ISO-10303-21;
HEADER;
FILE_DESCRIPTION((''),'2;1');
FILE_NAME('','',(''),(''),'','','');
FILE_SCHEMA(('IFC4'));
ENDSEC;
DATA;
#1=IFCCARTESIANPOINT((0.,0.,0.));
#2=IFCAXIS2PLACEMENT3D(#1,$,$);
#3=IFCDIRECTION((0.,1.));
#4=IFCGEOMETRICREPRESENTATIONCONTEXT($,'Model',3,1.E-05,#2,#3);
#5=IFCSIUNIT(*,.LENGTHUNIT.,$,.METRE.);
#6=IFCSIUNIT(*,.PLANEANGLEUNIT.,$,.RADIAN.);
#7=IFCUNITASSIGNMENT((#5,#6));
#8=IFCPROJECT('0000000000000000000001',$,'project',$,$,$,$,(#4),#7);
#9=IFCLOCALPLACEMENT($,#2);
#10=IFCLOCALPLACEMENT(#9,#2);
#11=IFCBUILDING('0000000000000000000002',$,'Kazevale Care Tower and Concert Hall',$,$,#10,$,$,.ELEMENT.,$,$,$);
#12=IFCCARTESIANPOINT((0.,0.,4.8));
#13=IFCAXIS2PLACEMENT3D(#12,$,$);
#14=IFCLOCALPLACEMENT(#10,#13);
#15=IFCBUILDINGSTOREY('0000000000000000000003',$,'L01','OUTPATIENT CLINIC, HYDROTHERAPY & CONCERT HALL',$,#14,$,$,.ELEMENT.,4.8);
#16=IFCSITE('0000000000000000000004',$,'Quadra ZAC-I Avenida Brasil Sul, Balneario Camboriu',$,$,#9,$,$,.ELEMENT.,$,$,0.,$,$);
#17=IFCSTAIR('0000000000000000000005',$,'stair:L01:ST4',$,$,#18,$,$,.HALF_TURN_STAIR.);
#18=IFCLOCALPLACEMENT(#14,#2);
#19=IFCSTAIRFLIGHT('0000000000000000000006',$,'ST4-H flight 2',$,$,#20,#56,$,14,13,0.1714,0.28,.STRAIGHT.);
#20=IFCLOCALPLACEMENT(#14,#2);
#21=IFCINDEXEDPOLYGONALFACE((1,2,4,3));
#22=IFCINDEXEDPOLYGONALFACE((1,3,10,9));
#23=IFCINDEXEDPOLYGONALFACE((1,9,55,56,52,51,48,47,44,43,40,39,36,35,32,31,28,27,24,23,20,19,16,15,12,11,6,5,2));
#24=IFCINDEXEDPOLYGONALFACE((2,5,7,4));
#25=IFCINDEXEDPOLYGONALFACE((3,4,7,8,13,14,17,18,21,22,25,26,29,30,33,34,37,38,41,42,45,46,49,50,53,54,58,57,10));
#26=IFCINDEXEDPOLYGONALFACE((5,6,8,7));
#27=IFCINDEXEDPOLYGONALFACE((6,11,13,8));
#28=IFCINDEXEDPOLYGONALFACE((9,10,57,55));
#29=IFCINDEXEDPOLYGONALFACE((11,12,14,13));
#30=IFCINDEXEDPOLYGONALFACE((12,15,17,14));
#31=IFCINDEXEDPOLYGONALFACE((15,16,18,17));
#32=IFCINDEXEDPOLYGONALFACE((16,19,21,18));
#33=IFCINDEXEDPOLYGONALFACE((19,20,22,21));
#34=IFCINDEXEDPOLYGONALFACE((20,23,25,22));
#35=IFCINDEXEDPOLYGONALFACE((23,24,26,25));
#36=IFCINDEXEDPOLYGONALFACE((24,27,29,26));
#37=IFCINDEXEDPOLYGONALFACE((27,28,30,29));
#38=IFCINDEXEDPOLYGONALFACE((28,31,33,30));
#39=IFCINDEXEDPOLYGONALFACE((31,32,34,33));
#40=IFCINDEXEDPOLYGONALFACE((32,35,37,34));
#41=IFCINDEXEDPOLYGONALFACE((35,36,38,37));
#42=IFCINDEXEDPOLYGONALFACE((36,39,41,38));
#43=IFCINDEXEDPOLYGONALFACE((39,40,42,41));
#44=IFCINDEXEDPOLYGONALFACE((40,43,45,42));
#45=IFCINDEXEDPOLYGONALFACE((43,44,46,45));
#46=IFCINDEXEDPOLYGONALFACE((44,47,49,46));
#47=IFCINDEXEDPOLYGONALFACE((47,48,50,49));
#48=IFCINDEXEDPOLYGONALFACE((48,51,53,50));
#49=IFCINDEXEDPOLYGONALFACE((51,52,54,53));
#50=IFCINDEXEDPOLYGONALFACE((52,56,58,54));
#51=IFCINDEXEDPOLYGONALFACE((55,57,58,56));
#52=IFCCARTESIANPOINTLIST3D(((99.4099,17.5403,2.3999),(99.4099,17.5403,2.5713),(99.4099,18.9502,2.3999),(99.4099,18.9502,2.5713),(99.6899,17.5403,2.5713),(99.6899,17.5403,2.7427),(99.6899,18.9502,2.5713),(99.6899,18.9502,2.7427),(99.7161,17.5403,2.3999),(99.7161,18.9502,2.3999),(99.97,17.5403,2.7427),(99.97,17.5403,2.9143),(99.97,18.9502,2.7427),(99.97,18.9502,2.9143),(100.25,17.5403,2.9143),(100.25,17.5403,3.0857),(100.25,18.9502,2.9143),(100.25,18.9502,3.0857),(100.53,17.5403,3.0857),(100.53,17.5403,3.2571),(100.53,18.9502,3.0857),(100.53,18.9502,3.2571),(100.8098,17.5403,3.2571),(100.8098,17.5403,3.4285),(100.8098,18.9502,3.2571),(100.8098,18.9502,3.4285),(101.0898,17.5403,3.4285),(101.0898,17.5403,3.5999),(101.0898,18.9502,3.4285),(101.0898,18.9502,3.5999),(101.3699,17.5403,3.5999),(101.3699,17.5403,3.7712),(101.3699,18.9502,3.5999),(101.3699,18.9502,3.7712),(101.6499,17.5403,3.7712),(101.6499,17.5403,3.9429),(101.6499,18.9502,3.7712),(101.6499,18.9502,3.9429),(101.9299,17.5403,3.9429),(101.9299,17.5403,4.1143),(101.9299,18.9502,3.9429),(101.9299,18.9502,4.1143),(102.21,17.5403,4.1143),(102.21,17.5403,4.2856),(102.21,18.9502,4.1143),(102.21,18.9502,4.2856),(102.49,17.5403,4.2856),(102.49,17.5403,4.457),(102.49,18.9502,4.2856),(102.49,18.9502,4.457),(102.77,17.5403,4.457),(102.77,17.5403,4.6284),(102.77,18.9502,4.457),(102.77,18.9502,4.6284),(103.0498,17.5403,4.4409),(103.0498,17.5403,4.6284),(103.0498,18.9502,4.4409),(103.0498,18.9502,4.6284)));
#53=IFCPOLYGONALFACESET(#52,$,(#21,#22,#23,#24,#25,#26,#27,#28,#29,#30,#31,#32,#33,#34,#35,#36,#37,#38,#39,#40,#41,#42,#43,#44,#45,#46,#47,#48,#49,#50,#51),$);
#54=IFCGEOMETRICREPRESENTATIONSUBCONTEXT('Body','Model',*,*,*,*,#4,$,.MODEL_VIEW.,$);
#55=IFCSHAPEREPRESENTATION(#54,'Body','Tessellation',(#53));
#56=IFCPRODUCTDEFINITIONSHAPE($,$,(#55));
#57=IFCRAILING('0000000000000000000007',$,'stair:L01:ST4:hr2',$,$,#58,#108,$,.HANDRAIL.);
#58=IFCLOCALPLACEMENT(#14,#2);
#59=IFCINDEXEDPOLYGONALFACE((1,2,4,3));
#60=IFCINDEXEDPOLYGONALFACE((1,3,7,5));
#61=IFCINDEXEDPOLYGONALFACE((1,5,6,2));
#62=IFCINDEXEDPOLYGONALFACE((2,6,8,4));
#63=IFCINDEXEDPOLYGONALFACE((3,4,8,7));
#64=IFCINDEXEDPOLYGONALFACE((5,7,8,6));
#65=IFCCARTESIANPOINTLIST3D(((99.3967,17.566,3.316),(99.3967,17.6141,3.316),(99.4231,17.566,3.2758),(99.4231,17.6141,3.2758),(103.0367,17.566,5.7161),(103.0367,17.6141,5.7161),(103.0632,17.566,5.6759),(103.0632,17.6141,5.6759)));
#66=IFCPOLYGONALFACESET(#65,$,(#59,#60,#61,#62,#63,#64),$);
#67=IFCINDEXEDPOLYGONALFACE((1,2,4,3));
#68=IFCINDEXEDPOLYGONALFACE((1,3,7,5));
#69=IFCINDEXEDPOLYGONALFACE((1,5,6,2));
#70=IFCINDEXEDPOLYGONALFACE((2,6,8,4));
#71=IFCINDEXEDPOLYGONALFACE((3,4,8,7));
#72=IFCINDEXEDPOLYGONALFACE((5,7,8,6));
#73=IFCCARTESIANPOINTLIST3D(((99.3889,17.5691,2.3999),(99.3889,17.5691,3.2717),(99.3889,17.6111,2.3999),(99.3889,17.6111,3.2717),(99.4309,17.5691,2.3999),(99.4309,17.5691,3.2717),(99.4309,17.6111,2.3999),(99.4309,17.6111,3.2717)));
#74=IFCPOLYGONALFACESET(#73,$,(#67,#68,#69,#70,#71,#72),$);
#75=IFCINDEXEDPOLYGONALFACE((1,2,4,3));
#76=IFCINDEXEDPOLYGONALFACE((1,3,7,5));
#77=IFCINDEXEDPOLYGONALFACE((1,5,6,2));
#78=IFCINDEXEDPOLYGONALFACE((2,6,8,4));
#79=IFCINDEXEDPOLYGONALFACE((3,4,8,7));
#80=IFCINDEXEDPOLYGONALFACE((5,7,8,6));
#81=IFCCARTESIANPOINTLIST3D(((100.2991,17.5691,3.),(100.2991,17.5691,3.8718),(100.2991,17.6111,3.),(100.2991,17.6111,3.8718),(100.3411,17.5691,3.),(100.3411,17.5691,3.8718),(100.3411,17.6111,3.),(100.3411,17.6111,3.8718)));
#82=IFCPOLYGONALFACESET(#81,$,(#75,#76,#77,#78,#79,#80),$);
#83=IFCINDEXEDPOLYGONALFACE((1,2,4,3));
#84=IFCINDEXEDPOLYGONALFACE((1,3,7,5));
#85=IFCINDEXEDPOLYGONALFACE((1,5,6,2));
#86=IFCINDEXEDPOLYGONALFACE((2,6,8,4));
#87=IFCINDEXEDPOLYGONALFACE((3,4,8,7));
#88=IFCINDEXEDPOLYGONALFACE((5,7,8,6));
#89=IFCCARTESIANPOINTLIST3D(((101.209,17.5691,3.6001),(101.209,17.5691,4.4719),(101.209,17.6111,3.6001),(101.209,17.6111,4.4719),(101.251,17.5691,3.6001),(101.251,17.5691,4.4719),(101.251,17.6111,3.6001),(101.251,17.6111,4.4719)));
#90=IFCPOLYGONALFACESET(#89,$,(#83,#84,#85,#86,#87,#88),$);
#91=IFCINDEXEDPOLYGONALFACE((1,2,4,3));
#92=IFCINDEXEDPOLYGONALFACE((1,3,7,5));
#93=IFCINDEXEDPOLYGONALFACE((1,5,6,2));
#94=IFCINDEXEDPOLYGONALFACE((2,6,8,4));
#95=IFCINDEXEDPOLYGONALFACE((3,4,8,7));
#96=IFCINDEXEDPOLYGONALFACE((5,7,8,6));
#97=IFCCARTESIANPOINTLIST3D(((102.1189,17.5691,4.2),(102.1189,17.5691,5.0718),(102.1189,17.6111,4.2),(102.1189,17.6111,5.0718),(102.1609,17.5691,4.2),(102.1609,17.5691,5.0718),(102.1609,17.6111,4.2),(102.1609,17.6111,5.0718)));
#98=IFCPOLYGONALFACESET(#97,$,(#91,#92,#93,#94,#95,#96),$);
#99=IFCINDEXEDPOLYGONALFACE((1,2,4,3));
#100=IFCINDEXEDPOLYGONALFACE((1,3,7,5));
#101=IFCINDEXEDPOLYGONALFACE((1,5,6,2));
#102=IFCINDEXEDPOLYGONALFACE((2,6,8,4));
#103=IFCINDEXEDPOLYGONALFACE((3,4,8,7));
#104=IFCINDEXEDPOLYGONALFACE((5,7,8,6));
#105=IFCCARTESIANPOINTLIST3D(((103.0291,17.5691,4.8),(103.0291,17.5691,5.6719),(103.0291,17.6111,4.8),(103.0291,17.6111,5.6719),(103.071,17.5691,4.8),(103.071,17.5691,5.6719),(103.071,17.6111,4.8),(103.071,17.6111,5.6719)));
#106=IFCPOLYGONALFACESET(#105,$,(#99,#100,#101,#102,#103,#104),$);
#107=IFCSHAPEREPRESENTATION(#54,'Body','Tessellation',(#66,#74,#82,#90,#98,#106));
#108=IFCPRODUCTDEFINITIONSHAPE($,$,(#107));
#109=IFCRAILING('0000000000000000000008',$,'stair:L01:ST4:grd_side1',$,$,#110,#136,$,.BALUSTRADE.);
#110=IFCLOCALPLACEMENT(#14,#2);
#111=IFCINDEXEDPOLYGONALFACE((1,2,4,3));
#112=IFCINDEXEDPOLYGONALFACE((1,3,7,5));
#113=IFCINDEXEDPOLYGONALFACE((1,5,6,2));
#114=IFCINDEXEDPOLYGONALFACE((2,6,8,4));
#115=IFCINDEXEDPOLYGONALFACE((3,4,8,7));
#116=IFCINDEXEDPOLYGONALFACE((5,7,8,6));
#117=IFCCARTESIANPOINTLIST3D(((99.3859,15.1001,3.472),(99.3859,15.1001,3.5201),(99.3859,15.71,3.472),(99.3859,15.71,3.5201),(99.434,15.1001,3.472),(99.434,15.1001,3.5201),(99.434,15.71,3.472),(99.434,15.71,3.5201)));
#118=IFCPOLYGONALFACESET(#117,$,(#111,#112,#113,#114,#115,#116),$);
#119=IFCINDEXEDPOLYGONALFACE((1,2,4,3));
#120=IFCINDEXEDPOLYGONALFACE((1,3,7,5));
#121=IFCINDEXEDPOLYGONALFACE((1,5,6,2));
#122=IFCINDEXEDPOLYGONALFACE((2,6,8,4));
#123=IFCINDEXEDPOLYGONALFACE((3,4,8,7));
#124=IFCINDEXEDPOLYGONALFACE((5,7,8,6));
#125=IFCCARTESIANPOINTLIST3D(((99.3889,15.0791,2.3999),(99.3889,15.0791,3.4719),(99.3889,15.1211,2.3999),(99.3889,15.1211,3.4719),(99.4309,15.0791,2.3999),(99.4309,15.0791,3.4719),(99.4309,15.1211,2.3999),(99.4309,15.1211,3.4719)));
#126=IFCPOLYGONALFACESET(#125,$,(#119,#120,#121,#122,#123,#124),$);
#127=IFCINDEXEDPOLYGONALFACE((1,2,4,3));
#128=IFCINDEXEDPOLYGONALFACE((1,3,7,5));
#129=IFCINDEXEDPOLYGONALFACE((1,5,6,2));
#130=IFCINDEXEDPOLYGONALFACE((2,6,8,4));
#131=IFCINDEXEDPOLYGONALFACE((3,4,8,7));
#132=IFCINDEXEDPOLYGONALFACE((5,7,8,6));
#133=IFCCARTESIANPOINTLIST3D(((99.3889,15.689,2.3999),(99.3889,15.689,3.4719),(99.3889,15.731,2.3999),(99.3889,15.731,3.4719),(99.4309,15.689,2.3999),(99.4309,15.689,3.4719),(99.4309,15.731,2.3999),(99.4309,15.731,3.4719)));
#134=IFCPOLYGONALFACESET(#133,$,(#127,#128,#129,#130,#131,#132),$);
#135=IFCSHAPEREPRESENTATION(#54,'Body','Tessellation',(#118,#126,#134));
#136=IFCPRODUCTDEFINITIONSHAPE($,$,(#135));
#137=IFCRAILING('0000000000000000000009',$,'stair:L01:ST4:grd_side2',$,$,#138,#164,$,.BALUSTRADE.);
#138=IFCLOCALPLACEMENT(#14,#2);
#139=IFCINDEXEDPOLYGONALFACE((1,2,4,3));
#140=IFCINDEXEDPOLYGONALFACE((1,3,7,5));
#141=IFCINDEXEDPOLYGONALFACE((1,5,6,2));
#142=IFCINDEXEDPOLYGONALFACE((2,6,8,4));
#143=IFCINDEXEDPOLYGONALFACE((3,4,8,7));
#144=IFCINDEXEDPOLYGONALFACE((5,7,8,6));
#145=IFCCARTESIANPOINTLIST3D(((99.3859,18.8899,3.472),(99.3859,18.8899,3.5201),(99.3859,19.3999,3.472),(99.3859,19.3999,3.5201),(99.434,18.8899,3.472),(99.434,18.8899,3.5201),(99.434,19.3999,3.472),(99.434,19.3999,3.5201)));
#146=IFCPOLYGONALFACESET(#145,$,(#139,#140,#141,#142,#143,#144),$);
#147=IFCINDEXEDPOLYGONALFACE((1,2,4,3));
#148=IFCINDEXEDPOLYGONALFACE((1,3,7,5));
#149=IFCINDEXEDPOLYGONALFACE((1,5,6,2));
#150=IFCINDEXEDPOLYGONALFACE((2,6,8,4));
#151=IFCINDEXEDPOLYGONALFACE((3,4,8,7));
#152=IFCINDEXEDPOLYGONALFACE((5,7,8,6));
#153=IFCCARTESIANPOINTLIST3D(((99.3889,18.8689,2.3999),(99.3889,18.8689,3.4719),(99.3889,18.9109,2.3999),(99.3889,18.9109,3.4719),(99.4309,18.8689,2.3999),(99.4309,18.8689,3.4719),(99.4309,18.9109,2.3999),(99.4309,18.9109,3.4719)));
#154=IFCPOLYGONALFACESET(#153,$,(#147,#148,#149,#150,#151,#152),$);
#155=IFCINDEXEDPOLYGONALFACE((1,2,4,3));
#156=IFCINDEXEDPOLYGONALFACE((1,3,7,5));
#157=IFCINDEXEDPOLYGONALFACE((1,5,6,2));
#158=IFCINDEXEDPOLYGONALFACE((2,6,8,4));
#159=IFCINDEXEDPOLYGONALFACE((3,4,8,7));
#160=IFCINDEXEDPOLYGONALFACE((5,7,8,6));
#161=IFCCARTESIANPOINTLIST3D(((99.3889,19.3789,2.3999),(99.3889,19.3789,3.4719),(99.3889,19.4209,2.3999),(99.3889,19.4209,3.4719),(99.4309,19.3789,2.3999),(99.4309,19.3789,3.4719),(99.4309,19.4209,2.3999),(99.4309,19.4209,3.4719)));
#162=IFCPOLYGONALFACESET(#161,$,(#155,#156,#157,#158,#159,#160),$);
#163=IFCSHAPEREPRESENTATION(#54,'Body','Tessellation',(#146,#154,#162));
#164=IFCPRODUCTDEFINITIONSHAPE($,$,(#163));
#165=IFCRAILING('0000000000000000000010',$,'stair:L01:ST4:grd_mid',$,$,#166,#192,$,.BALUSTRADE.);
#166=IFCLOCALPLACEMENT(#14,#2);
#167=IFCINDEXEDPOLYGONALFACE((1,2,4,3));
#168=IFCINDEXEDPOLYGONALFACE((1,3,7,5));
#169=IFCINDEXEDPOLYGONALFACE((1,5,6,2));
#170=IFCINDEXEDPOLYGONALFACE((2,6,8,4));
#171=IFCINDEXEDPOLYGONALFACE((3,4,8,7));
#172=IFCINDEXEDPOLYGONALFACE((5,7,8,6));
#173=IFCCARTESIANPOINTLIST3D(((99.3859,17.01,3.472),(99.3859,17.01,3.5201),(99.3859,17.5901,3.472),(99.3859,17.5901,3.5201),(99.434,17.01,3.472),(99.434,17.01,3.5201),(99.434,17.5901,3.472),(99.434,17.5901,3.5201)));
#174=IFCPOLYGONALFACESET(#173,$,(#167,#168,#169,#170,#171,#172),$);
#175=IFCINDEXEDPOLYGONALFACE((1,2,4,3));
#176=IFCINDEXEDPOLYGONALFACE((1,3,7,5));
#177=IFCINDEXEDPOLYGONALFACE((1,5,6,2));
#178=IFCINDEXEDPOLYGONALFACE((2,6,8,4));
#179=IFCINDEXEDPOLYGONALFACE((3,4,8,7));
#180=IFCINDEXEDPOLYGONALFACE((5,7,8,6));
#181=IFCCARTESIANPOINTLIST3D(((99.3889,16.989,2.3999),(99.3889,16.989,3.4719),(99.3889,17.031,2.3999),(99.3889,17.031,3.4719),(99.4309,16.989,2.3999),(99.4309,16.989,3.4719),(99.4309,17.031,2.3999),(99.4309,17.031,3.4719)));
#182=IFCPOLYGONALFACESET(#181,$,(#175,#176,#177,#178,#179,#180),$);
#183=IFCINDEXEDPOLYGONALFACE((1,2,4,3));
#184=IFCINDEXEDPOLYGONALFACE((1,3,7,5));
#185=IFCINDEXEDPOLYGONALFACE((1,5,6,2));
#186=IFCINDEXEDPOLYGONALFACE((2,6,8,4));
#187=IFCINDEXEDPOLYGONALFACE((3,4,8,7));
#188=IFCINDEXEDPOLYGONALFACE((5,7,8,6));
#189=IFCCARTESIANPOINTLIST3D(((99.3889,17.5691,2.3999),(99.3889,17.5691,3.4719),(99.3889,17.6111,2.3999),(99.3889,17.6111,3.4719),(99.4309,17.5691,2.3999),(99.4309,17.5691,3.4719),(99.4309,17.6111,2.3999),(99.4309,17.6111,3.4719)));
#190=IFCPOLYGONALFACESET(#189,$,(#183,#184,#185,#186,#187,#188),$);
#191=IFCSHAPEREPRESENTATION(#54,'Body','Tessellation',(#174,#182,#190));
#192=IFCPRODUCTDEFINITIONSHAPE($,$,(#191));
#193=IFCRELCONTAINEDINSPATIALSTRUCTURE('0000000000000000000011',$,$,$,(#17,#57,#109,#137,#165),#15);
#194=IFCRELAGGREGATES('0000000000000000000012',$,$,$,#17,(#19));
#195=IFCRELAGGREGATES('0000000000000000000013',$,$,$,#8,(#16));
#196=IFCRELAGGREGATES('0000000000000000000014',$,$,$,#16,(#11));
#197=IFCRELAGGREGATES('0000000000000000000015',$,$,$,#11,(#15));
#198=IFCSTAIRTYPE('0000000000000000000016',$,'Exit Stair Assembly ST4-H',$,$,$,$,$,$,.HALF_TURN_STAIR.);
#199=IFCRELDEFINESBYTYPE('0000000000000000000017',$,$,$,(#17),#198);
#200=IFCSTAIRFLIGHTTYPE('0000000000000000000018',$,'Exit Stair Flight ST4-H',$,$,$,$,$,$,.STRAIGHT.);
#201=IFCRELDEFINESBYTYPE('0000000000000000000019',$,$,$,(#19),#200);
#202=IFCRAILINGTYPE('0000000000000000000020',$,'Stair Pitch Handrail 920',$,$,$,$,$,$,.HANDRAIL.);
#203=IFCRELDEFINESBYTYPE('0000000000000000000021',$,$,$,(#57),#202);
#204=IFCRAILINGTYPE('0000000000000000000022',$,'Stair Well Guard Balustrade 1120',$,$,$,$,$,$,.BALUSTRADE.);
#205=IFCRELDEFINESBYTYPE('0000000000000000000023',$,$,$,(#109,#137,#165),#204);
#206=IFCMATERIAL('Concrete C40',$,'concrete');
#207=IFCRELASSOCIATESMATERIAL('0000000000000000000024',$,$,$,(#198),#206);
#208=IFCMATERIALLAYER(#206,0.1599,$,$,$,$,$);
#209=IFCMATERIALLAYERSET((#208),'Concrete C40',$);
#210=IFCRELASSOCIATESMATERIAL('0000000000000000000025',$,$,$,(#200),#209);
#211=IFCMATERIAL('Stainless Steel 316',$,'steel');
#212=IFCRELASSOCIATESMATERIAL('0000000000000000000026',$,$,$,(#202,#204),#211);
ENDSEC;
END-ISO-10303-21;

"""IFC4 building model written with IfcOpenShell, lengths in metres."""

from ifc_helpers import new_model, si_unit, direction, frame, origin, origin_2d, place, context, subcontext, project, spatial, polyline, rectangle, outline, extrude, material, layer, layer_set, type_object, element, aggregate, save


model = new_model("IFC4")

# Units and contexts
model_context = context("Model", 3, precision=1e-05, world=origin(), true_north=direction((0.0, 1.0)))
body_context = subcontext(model_context, "Body", "Model", "MODEL_VIEW")
ifc_project = project(units=[si_unit("LENGTHUNIT", "METRE"), si_unit("PLANEANGLEUNIT", "RADIAN")], contexts=[model_context])

# Site, building, storey
site_placement = place(None, origin())
site = spatial("IfcSite", under=ifc_project, at=site_placement, Name="Quadra ZAC-I Avenida Brasil Sul, Balneario Camboriu", CompositionType="ELEMENT", RefElevation=0.0)
building_placement = place(site_placement, origin())
building = spatial("IfcBuilding", under=site, at=building_placement, Name="Kazevale Care Tower and Concert Hall", CompositionType="ELEMENT")
storey_placement = place(building_placement, frame((0.0, 0.0, 4.8)))
storey = spatial("IfcBuildingStorey", under=building, at=storey_placement, Name="L01", Description="OUTPATIENT CLINIC, HYDROTHERAPY & CONCERT HALL", CompositionType="ELEMENT", Elevation=4.8)

# Stair, stair flight
ifc_material_1 = material(Name="Concrete C40", Category="concrete")
stair_type = type_object("IfcStairType", Name="Exit Stair Assembly ST4-H", PredefinedType="HALF_TURN_STAIR", material=ifc_material_1)
stair_placement = place(storey_placement, origin())
stair = element("IfcStair", 1, at=stair_placement, inside=storey, type_object=stair_type, Name="stair:L01:ST4", PredefinedType="HALF_TURN_STAIR")
ifc_layer_1 = layer(ifc_material_1, 0.1599)
ifc_layer_set_1 = layer_set([ifc_layer_1], Name="Concrete C40")
stair_flight_type = type_object("IfcStairFlightType", Name="Exit Stair Flight ST4-H", PredefinedType="STRAIGHT", material=ifc_layer_set_1)
stair_flight_1_placement = place(storey_placement, frame((99.4099, 18.2451, 2.3999), z_axis=(0.0, 0.0, 1.0), x_axis=(1.0, 0.0, 0.0)))
stair_flight_1 = element("IfcStairFlight", 2, at=stair_flight_1_placement, type_object=stair_flight_type, Name="ST4-H flight 2", NumberOfRisers=14, NumberOfTreads=13, PredefinedType="STRAIGHT", RiserHeight=0.1714, TreadLength=0.28, context=body_context, shape_type="SweptSolid", body=[
    extrude(outline(polyline([(0.0, 0.0), (0.0, 0.1714), (0.28, 0.1714), (0.28, 0.3428), (0.5601, 0.3428), (0.5601, 0.5144), (0.8401, 0.5144), (0.8401, 0.6858), (1.1201, 0.6858), (1.1201, 0.8572), (1.3999, 0.8572), (1.3999, 1.0286), (1.6799, 1.0286), (1.6799, 1.2), (1.96, 1.2), (1.96, 1.3713), (2.24, 1.3713), (2.24, 1.543), (2.52, 1.543), (2.52, 1.7144), (2.8, 1.7144), (2.8, 1.8857), (3.0801, 1.8857), (3.0801, 2.0571), (3.3601, 2.0571), (3.3601, 2.2285), (3.6399, 2.2285), (3.6399, 2.3999), (3.6399, 2.041), (0.3062, 0.0), (0.0, 0.0)])), frame((0.0, 0.7051, 0.0), z_axis=(0.0, -1.0, 0.0), x_axis=(1.0, 0.0, 0.0)), (0.0, 0.0, 1.0), 1.4099),
])
aggregate(stair, [stair_flight_1])

# Railings
ifc_material_2 = material(Name="Stainless Steel 316", Category="steel")
railing_type_1 = type_object("IfcRailingType", Name="Stair Pitch Handrail 920", PredefinedType="HANDRAIL", material=ifc_material_2)
railing_1_placement = place(storey_placement, frame((99.4099, 17.5901, 2.3999)))
element("IfcRailing", 3, at=railing_1_placement, inside=storey, type_object=railing_type_1, Name="stair:L01:ST4:hr2", PredefinedType="HANDRAIL", context=body_context, shape_type="SweptSolid", body=[
    extrude(rectangle(XDim=0.0481, YDim=0.0481, at=origin_2d()), frame((0.0, 0.0, 0.896), z_axis=(0.834856, 0.0, 0.550468), x_axis=(0.0, 1.0, 0.0)), (0.0, 0.0, 1.0), 4.3601),
    extrude(rectangle(XDim=0.042, YDim=0.042, at=origin_2d()), origin(), (0.0, 0.0, 1.0), 0.8718),
    extrude(rectangle(XDim=0.042, YDim=0.042, at=origin_2d()), frame((0.9102, 0.0, 0.6001)), (0.0, 0.0, 1.0), 0.8718),
    extrude(rectangle(XDim=0.042, YDim=0.042, at=origin_2d()), frame((1.8201, 0.0, 1.2002)), (0.0, 0.0, 1.0), 0.8718),
    extrude(rectangle(XDim=0.042, YDim=0.042, at=origin_2d()), frame((2.73, 0.0, 1.8)), (0.0, 0.0, 1.0), 0.8718),
    extrude(rectangle(XDim=0.042, YDim=0.042, at=origin_2d()), frame((3.6401, 0.0, 2.4001)), (0.0, 0.0, 1.0), 0.8718),
])
railing_type_2 = type_object("IfcRailingType", Name="Stair Well Guard Balustrade 1120", PredefinedType="BALUSTRADE", material=ifc_material_2)
railing_2_placement = place(storey_placement, frame((99.4099, 15.1001, 2.3999)))
element("IfcRailing", 4, at=railing_2_placement, inside=storey, type_object=railing_type_2, Name="stair:L01:ST4:grd_side1", PredefinedType="BALUSTRADE", context=body_context, shape_type="SweptSolid", body=[
    extrude(rectangle(XDim=0.0481, YDim=0.0481, at=origin_2d()), frame((0.0, 0.0, 1.0962), z_axis=(0.0, 1.0, 0.0), x_axis=(-1.0, 0.0, 0.0)), (0.0, 0.0, 1.0), 0.6099),
    extrude(rectangle(XDim=0.042, YDim=0.042, at=origin_2d()), origin(), (0.0, 0.0, 1.0), 1.072),
    extrude(rectangle(XDim=0.042, YDim=0.042, at=origin_2d()), frame((0.0, 0.6099, 0.0)), (0.0, 0.0, 1.0), 1.072),
])
railing_3_placement = place(storey_placement, frame((99.4099, 18.8899, 2.3999)))
element("IfcRailing", 5, at=railing_3_placement, inside=storey, type_object=railing_type_2, Name="stair:L01:ST4:grd_side2", PredefinedType="BALUSTRADE", context=body_context, shape_type="SweptSolid", body=[
    extrude(rectangle(XDim=0.0481, YDim=0.0481, at=origin_2d()), frame((0.0, 0.0, 1.0962), z_axis=(0.0, 1.0, 0.0), x_axis=(-1.0, 0.0, 0.0)), (0.0, 0.0, 1.0), 0.51),
    extrude(rectangle(XDim=0.042, YDim=0.042, at=origin_2d()), origin(), (0.0, 0.0, 1.0), 1.072),
    extrude(rectangle(XDim=0.042, YDim=0.042, at=origin_2d()), frame((0.0, 0.51, 0.0)), (0.0, 0.0, 1.0), 1.072),
])
railing_4_placement = place(storey_placement, frame((99.4099, 17.01, 2.3999)))
element("IfcRailing", 6, at=railing_4_placement, inside=storey, type_object=railing_type_2, Name="stair:L01:ST4:grd_mid", PredefinedType="BALUSTRADE", context=body_context, shape_type="SweptSolid", body=[
    extrude(rectangle(XDim=0.0481, YDim=0.0481, at=origin_2d()), frame((0.0, 0.0, 1.0962), z_axis=(0.0, 1.0, 0.0), x_axis=(-1.0, 0.0, 0.0)), (0.0, 0.0, 1.0), 0.5801),
    extrude(rectangle(XDim=0.042, YDim=0.042, at=origin_2d()), origin(), (0.0, 0.0, 1.0), 1.072),
    extrude(rectangle(XDim=0.042, YDim=0.042, at=origin_2d()), frame((0.0, 0.5801, 0.0)), (0.0, 0.0, 1.0), 1.072),
])

save(model, "model.ifc")
